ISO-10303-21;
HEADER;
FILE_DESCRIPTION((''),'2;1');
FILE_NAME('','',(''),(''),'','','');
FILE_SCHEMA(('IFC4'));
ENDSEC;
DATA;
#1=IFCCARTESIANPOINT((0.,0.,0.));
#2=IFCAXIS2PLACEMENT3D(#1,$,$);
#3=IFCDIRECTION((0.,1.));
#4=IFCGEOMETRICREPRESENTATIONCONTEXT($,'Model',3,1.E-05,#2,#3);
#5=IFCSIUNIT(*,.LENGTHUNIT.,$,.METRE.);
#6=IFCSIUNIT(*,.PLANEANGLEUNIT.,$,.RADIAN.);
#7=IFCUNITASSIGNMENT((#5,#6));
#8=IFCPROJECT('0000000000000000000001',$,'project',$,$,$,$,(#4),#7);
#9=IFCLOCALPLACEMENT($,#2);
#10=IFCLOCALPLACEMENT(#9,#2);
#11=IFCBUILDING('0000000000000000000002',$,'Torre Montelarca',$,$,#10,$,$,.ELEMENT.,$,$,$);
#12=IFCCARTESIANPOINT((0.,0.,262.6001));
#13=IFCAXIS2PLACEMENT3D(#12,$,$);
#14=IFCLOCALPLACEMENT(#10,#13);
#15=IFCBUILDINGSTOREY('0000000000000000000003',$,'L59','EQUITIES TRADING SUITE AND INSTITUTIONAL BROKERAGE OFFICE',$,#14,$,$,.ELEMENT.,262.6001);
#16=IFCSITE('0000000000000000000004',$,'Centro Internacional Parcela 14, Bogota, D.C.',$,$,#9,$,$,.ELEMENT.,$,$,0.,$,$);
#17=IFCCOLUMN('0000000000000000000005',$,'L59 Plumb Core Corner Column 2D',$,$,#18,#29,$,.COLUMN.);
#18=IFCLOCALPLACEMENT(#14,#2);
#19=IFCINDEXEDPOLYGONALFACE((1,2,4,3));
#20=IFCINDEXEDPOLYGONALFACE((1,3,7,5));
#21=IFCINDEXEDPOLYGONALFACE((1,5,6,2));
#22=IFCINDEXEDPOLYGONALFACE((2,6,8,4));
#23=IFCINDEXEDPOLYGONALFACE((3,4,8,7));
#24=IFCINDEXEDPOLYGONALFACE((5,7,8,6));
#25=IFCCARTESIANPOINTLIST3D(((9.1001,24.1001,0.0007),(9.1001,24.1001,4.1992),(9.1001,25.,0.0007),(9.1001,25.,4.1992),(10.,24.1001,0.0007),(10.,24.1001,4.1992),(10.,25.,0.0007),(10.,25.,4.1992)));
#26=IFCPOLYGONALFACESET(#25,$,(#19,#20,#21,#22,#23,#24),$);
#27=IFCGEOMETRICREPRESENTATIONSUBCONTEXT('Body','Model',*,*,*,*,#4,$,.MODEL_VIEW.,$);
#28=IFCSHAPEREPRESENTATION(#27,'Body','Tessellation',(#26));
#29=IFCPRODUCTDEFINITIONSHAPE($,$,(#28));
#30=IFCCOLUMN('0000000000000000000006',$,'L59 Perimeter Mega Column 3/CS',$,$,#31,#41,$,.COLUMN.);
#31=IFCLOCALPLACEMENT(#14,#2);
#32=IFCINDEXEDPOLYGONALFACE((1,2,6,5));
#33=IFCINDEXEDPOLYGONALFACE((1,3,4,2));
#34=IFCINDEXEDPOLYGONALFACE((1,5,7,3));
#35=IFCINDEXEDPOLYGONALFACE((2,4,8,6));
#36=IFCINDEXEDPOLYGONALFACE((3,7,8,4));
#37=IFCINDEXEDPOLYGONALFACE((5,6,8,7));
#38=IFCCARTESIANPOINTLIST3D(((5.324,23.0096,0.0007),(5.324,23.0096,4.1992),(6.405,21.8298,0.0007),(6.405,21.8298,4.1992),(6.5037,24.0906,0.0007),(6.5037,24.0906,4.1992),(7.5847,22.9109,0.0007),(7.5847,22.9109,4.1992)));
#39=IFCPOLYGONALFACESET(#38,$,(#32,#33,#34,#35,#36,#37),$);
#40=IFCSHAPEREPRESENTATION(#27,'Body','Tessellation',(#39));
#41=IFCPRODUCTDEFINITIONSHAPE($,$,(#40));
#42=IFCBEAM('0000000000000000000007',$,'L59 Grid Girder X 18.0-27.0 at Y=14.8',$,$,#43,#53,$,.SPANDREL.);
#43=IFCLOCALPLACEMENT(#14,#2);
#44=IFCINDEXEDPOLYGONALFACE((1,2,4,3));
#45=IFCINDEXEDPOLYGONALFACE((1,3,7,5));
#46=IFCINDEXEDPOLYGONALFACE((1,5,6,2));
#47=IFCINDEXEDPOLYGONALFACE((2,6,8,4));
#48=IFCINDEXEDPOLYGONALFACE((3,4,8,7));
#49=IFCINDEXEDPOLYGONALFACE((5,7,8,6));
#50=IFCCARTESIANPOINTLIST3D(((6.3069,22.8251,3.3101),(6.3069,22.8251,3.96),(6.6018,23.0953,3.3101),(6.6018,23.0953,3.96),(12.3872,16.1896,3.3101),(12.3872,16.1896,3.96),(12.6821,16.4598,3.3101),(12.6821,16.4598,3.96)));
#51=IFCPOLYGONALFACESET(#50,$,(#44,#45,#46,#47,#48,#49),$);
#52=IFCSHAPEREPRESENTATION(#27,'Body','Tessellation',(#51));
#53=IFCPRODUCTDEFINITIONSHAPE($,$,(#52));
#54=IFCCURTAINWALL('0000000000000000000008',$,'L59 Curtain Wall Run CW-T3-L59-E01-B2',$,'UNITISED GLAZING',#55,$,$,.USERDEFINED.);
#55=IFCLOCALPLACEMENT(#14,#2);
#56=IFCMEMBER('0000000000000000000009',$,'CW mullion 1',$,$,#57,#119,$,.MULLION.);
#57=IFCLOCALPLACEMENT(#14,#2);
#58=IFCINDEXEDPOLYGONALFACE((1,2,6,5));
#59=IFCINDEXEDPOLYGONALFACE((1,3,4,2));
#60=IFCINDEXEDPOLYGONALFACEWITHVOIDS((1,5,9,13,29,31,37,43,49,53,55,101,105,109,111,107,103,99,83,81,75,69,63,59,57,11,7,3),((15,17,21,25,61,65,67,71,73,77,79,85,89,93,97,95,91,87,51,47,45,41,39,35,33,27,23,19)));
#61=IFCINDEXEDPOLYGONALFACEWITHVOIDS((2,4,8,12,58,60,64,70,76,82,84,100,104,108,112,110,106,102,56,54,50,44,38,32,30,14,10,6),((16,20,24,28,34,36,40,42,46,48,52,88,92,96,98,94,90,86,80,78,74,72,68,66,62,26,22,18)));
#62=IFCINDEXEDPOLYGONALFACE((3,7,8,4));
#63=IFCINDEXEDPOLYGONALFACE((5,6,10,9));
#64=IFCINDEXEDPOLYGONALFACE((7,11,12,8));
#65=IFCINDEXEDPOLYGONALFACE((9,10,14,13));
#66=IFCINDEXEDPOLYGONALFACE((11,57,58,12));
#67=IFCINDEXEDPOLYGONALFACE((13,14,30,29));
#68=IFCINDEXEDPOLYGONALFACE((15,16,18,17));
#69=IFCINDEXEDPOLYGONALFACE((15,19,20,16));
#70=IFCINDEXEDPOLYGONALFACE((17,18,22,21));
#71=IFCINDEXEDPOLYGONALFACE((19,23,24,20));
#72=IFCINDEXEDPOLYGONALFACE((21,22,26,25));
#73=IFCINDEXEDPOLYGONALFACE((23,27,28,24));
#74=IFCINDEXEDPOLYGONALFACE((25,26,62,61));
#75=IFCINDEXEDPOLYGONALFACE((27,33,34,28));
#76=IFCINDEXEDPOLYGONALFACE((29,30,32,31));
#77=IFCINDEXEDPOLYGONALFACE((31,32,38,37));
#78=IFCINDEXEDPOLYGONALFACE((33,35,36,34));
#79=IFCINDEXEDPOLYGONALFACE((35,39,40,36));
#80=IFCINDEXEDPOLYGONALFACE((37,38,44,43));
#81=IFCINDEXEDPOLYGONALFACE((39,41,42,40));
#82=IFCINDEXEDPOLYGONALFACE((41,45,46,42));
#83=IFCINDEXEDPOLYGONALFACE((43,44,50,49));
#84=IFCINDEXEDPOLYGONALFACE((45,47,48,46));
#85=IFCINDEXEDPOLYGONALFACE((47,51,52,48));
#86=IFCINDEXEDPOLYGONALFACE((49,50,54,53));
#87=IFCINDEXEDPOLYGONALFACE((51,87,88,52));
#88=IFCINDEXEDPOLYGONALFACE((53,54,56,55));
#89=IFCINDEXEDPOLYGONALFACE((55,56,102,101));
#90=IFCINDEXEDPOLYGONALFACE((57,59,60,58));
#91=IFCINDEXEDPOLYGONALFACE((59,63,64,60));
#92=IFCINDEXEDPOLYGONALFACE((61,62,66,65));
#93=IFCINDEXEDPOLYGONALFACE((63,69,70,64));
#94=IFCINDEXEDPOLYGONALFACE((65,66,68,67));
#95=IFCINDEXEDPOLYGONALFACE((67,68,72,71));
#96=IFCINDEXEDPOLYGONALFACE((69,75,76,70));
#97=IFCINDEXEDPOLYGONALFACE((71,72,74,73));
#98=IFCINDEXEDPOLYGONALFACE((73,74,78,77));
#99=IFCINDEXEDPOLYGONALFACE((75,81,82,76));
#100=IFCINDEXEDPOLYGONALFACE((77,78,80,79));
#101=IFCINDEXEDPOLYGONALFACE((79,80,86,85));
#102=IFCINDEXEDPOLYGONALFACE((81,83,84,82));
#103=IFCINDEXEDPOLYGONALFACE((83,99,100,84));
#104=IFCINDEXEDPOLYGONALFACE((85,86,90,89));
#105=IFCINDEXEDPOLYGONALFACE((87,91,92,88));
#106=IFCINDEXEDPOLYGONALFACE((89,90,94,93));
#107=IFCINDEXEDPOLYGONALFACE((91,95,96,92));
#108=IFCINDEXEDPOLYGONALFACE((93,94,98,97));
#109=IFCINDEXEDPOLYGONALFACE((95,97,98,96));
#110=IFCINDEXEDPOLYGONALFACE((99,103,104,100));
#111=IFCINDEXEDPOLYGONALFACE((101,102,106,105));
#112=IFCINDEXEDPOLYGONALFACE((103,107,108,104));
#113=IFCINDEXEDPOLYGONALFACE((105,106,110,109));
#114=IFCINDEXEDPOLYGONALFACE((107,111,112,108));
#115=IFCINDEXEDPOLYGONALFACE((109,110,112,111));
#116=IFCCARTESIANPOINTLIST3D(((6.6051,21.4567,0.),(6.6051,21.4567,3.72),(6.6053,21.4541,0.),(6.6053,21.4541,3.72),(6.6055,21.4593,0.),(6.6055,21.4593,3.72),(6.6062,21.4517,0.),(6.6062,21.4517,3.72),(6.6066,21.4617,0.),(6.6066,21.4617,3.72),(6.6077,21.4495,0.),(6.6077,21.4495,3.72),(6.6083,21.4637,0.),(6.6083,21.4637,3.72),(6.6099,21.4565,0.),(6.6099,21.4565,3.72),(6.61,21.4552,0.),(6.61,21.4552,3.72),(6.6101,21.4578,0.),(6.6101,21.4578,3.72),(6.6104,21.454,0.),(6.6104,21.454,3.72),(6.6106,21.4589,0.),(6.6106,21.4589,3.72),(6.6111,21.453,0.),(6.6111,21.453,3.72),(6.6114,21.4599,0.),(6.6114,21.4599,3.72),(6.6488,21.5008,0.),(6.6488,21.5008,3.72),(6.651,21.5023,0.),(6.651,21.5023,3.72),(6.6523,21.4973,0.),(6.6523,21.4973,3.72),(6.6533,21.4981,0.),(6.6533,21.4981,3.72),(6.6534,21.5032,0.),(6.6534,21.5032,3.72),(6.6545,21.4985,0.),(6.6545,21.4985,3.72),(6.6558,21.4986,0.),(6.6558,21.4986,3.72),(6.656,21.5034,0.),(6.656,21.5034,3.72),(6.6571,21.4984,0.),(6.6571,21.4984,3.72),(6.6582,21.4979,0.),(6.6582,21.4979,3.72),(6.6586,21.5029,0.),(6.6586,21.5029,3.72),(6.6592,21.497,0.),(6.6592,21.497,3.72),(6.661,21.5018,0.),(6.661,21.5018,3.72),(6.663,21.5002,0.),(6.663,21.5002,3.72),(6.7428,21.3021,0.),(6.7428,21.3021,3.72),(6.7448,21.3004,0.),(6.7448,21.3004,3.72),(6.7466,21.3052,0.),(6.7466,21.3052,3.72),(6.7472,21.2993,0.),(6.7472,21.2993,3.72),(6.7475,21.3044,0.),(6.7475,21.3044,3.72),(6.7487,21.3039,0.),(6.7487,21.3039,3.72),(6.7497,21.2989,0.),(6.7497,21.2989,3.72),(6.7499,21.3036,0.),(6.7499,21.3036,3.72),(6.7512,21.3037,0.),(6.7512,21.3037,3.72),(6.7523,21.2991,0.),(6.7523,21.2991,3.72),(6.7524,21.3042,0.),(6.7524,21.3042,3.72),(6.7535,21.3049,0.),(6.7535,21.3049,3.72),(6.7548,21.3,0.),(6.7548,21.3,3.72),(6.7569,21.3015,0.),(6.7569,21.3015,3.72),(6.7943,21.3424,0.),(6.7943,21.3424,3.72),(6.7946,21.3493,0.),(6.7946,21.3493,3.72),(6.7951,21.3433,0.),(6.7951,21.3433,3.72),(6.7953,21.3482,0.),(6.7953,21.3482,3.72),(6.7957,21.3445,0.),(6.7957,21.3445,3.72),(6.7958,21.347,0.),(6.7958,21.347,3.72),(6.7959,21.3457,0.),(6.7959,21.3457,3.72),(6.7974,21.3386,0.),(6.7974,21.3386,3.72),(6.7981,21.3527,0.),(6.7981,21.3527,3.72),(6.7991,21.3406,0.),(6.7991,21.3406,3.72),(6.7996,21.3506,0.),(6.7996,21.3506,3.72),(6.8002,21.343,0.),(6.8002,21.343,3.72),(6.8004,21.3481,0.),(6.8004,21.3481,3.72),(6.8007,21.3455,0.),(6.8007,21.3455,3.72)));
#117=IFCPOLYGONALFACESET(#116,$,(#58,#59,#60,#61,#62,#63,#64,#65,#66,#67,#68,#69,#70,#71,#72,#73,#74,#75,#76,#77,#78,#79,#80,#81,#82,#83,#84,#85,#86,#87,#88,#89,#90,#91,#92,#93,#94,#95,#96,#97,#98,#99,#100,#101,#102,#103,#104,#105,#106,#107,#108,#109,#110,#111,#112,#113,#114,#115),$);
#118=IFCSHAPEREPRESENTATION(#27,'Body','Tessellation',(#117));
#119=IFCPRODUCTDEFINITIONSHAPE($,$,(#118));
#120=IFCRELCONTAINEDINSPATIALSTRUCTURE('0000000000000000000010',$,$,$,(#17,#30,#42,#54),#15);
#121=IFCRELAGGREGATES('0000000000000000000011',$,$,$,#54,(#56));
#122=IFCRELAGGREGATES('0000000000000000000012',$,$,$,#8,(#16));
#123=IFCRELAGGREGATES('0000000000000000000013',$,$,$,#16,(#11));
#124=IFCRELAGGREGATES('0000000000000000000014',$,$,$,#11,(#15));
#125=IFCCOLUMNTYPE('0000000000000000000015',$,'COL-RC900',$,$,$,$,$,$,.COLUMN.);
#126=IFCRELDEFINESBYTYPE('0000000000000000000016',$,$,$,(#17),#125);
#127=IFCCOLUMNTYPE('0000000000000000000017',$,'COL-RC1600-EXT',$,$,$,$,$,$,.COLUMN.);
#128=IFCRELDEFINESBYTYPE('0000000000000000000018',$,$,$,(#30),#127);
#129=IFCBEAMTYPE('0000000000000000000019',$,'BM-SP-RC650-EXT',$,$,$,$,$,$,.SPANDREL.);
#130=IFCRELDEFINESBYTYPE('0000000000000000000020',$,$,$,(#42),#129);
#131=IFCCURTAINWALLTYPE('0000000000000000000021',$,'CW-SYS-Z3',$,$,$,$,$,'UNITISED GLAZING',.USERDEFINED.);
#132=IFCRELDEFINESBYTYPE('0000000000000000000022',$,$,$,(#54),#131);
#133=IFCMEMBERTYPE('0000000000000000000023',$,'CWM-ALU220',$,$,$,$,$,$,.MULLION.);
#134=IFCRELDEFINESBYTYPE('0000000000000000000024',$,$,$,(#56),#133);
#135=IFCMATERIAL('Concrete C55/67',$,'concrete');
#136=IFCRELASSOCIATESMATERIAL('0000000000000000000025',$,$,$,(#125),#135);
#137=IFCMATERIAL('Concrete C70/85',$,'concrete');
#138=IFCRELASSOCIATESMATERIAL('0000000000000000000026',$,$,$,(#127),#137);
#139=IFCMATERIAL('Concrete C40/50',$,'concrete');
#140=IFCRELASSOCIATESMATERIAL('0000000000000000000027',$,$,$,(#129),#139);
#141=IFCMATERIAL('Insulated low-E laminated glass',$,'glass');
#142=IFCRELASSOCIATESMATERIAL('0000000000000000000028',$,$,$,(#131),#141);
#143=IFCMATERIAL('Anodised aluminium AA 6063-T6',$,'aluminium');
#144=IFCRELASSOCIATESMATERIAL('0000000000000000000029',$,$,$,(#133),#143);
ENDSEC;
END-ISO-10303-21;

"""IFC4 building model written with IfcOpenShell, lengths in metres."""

from ifc_helpers import new_model, si_unit, direction, frame, origin, origin_2d, place, context, subcontext, project, spatial, rectangle, hollow_rectangle, extrude, source, transform, mapped, material, material_profile, profile_set, type_object, element, aggregate, save


model = new_model("IFC4")

# Units and contexts
model_context = context("Model", 3, precision=1e-05, world=origin(), true_north=direction((0.0, 1.0)))
body_context = subcontext(model_context, "Body", "Model", "MODEL_VIEW")
ifc_project = project(units=[si_unit("LENGTHUNIT", "METRE"), si_unit("PLANEANGLEUNIT", "RADIAN")], contexts=[model_context])

# Site, building, storey
site_placement = place(None, origin())
site = spatial("IfcSite", under=ifc_project, at=site_placement, Name="Centro Internacional Parcela 14, Bogota, D.C.", CompositionType="ELEMENT", RefElevation=0.0)
building_placement = place(site_placement, origin())
building = spatial("IfcBuilding", under=site, at=building_placement, Name="Torre Montelarca", CompositionType="ELEMENT")
storey_placement = place(building_placement, frame((0.0, 0.0, 262.6001)))
storey = spatial("IfcBuildingStorey", under=building, at=storey_placement, Name="L59", Description="EQUITIES TRADING SUITE AND INSTITUTIONAL BROKERAGE OFFICE", CompositionType="ELEMENT", Elevation=262.6001)

# Columns
ifc_material_1 = material(Name="Concrete C55/67", Category="concrete")
ifc_material_profile_1 = material_profile(ifc_material_1, rectangle(XDim=0.8999, YDim=0.8999, at=origin_2d()), Name="RC900X900", Category="concrete")
ifc_profile_set_1 = profile_set([ifc_material_profile_1], Name="Concrete C55/67")
column_type_1 = type_object("IfcColumnType", Name="COL-RC900", PredefinedType="COLUMN", material=ifc_profile_set_1)
shared_shape_1 = source(origin(), body_context, "Body", "SweptSolid", [
    extrude(rectangle(XDim=0.8999, YDim=0.8999, at=origin_2d()), origin(), (0.0, 0.0, 1.0), 4.1985),
])
column_1_placement = place(storey_placement, frame((9.55, 24.55, 0.0007), z_axis=(0.0, 0.0, 1.0), x_axis=(1.0, 0.0, 0.0)))
element("IfcColumn", 1, at=column_1_placement, inside=storey, type_object=column_type_1, Name="L59 Plumb Core Corner Column 2D", PredefinedType="COLUMN", context=body_context, shape_type="MappedRepresentation", body=[
    mapped(shared_shape_1, transform((0.0, 0.0, 0.0), scale=1.0)),
])
ifc_material_2 = material(Name="Concrete C70/85", Category="concrete")
ifc_material_profile_2 = material_profile(ifc_material_2, rectangle(XDim=1.6001, YDim=1.6001, at=origin_2d()), Name="RC1600X1600", Category="concrete")
ifc_profile_set_2 = profile_set([ifc_material_profile_2], Name="Concrete C70/85")
column_type_2 = type_object("IfcColumnType", Name="COL-RC1600-EXT", PredefinedType="COLUMN", material=ifc_profile_set_2)
shared_shape_2 = source(origin(), body_context, "Body", "SweptSolid", [
    extrude(rectangle(XDim=1.6001, YDim=1.6001, at=origin_2d()), origin(), (0.0, 0.0, 1.0), 4.1985),
])
column_2_placement = place(storey_placement, frame((6.4543, 22.9602, 0.0007), z_axis=(0.0, 0.0, 1.0), x_axis=(-0.67559, 0.737277, 0.0)))
element("IfcColumn", 2, at=column_2_placement, inside=storey, type_object=column_type_2, Name="L59 Perimeter Mega Column 3/CS", PredefinedType="COLUMN", context=body_context, shape_type="MappedRepresentation", body=[
    mapped(shared_shape_2, transform((0.0, 0.0, 0.0), scale=1.0)),
])

# Beam
ifc_material_3 = material(Name="Concrete C40/50", Category="concrete")
ifc_material_profile_3 = material_profile(ifc_material_3, rectangle(XDim=0.3999, YDim=0.6499, at=origin_2d()), Name="RCB400X650", Category="concrete")
ifc_profile_set_3 = profile_set([ifc_material_profile_3], Name="Concrete C40/50")
beam_type = type_object("IfcBeamType", Name="BM-SP-RC650-EXT", PredefinedType="SPANDREL", material=ifc_profile_set_3)
shared_shape_3 = source(origin(), body_context, "Body", "SweptSolid", [
    extrude(rectangle(XDim=0.3999, YDim=0.6499, at=origin_2d()), origin(), (0.0, 0.0, 1.0), 9.0),
])
beam_placement = place(storey_placement, frame((6.4543, 22.9602, 3.635), z_axis=(0.675591, -0.737277, 0.0), x_axis=(0.737277, 0.675591, 0.0)))
element("IfcBeam", 3, at=beam_placement, inside=storey, type_object=beam_type, Name="L59 Grid Girder X 18.0-27.0 at Y=14.8", PredefinedType="SPANDREL", context=body_context, shape_type="MappedRepresentation", body=[
    mapped(shared_shape_3, transform((0.0, 0.0, 0.0), scale=1.0)),
])

# Curtain wall, member
ifc_material_4 = material(Name="Insulated low-E laminated glass", Category="glass")
curtain_wall_type = type_object("IfcCurtainWallType", Name="CW-SYS-Z3", ElementType="UNITISED GLAZING", PredefinedType="USERDEFINED", material=ifc_material_4)
curtain_wall_placement = place(storey_placement, origin())
curtain_wall = element("IfcCurtainWall", 4, at=curtain_wall_placement, inside=storey, type_object=curtain_wall_type, Name="L59 Curtain Wall Run CW-T3-L59-E01-B2", ObjectType="UNITISED GLAZING", PredefinedType="USERDEFINED")
ifc_material_5 = material(Name="Anodised aluminium AA 6063-T6", Category="aluminium")
ifc_material_profile_4 = material_profile(ifc_material_5, hollow_rectangle(XDim=0.075, YDim=0.22, WallThickness=0.0049, InnerFilletRadius=0.0049, OuterFilletRadius=0.01, at=origin_2d()), Name="ALU75X220X5", Category="aluminium")
ifc_profile_set_4 = profile_set([ifc_material_profile_4], Name="Anodised aluminium AA 6063-T6")
member_type_1 = type_object("IfcMemberType", Name="CWM-ALU220", PredefinedType="MULLION", material=ifc_profile_set_4)
shared_shape_4 = source(origin(), body_context, "Body", "SweptSolid", [
    extrude(hollow_rectangle(XDim=0.075, YDim=0.22, WallThickness=0.0049, InnerFilletRadius=0.0049, OuterFilletRadius=0.01, at=origin_2d()), origin(), (0.0, 0.0, 1.0), 3.72),
])
member_1_placement = place(storey_placement, frame((6.7029, 21.4011, 0.0), z_axis=(0.0, 0.0, 1.0), x_axis=(0.73728, 0.675588, 0.0)))
member_1 = element("IfcMember", 5, at=member_1_placement, type_object=member_type_1, Name="CW mullion 1", PredefinedType="MULLION", context=body_context, shape_type="MappedRepresentation", body=[
    mapped(shared_shape_4, transform((0.0, 0.0, 0.0), scale=1.0)),
])
aggregate(curtain_wall, [member_1])

save(model, "model.ifc")
